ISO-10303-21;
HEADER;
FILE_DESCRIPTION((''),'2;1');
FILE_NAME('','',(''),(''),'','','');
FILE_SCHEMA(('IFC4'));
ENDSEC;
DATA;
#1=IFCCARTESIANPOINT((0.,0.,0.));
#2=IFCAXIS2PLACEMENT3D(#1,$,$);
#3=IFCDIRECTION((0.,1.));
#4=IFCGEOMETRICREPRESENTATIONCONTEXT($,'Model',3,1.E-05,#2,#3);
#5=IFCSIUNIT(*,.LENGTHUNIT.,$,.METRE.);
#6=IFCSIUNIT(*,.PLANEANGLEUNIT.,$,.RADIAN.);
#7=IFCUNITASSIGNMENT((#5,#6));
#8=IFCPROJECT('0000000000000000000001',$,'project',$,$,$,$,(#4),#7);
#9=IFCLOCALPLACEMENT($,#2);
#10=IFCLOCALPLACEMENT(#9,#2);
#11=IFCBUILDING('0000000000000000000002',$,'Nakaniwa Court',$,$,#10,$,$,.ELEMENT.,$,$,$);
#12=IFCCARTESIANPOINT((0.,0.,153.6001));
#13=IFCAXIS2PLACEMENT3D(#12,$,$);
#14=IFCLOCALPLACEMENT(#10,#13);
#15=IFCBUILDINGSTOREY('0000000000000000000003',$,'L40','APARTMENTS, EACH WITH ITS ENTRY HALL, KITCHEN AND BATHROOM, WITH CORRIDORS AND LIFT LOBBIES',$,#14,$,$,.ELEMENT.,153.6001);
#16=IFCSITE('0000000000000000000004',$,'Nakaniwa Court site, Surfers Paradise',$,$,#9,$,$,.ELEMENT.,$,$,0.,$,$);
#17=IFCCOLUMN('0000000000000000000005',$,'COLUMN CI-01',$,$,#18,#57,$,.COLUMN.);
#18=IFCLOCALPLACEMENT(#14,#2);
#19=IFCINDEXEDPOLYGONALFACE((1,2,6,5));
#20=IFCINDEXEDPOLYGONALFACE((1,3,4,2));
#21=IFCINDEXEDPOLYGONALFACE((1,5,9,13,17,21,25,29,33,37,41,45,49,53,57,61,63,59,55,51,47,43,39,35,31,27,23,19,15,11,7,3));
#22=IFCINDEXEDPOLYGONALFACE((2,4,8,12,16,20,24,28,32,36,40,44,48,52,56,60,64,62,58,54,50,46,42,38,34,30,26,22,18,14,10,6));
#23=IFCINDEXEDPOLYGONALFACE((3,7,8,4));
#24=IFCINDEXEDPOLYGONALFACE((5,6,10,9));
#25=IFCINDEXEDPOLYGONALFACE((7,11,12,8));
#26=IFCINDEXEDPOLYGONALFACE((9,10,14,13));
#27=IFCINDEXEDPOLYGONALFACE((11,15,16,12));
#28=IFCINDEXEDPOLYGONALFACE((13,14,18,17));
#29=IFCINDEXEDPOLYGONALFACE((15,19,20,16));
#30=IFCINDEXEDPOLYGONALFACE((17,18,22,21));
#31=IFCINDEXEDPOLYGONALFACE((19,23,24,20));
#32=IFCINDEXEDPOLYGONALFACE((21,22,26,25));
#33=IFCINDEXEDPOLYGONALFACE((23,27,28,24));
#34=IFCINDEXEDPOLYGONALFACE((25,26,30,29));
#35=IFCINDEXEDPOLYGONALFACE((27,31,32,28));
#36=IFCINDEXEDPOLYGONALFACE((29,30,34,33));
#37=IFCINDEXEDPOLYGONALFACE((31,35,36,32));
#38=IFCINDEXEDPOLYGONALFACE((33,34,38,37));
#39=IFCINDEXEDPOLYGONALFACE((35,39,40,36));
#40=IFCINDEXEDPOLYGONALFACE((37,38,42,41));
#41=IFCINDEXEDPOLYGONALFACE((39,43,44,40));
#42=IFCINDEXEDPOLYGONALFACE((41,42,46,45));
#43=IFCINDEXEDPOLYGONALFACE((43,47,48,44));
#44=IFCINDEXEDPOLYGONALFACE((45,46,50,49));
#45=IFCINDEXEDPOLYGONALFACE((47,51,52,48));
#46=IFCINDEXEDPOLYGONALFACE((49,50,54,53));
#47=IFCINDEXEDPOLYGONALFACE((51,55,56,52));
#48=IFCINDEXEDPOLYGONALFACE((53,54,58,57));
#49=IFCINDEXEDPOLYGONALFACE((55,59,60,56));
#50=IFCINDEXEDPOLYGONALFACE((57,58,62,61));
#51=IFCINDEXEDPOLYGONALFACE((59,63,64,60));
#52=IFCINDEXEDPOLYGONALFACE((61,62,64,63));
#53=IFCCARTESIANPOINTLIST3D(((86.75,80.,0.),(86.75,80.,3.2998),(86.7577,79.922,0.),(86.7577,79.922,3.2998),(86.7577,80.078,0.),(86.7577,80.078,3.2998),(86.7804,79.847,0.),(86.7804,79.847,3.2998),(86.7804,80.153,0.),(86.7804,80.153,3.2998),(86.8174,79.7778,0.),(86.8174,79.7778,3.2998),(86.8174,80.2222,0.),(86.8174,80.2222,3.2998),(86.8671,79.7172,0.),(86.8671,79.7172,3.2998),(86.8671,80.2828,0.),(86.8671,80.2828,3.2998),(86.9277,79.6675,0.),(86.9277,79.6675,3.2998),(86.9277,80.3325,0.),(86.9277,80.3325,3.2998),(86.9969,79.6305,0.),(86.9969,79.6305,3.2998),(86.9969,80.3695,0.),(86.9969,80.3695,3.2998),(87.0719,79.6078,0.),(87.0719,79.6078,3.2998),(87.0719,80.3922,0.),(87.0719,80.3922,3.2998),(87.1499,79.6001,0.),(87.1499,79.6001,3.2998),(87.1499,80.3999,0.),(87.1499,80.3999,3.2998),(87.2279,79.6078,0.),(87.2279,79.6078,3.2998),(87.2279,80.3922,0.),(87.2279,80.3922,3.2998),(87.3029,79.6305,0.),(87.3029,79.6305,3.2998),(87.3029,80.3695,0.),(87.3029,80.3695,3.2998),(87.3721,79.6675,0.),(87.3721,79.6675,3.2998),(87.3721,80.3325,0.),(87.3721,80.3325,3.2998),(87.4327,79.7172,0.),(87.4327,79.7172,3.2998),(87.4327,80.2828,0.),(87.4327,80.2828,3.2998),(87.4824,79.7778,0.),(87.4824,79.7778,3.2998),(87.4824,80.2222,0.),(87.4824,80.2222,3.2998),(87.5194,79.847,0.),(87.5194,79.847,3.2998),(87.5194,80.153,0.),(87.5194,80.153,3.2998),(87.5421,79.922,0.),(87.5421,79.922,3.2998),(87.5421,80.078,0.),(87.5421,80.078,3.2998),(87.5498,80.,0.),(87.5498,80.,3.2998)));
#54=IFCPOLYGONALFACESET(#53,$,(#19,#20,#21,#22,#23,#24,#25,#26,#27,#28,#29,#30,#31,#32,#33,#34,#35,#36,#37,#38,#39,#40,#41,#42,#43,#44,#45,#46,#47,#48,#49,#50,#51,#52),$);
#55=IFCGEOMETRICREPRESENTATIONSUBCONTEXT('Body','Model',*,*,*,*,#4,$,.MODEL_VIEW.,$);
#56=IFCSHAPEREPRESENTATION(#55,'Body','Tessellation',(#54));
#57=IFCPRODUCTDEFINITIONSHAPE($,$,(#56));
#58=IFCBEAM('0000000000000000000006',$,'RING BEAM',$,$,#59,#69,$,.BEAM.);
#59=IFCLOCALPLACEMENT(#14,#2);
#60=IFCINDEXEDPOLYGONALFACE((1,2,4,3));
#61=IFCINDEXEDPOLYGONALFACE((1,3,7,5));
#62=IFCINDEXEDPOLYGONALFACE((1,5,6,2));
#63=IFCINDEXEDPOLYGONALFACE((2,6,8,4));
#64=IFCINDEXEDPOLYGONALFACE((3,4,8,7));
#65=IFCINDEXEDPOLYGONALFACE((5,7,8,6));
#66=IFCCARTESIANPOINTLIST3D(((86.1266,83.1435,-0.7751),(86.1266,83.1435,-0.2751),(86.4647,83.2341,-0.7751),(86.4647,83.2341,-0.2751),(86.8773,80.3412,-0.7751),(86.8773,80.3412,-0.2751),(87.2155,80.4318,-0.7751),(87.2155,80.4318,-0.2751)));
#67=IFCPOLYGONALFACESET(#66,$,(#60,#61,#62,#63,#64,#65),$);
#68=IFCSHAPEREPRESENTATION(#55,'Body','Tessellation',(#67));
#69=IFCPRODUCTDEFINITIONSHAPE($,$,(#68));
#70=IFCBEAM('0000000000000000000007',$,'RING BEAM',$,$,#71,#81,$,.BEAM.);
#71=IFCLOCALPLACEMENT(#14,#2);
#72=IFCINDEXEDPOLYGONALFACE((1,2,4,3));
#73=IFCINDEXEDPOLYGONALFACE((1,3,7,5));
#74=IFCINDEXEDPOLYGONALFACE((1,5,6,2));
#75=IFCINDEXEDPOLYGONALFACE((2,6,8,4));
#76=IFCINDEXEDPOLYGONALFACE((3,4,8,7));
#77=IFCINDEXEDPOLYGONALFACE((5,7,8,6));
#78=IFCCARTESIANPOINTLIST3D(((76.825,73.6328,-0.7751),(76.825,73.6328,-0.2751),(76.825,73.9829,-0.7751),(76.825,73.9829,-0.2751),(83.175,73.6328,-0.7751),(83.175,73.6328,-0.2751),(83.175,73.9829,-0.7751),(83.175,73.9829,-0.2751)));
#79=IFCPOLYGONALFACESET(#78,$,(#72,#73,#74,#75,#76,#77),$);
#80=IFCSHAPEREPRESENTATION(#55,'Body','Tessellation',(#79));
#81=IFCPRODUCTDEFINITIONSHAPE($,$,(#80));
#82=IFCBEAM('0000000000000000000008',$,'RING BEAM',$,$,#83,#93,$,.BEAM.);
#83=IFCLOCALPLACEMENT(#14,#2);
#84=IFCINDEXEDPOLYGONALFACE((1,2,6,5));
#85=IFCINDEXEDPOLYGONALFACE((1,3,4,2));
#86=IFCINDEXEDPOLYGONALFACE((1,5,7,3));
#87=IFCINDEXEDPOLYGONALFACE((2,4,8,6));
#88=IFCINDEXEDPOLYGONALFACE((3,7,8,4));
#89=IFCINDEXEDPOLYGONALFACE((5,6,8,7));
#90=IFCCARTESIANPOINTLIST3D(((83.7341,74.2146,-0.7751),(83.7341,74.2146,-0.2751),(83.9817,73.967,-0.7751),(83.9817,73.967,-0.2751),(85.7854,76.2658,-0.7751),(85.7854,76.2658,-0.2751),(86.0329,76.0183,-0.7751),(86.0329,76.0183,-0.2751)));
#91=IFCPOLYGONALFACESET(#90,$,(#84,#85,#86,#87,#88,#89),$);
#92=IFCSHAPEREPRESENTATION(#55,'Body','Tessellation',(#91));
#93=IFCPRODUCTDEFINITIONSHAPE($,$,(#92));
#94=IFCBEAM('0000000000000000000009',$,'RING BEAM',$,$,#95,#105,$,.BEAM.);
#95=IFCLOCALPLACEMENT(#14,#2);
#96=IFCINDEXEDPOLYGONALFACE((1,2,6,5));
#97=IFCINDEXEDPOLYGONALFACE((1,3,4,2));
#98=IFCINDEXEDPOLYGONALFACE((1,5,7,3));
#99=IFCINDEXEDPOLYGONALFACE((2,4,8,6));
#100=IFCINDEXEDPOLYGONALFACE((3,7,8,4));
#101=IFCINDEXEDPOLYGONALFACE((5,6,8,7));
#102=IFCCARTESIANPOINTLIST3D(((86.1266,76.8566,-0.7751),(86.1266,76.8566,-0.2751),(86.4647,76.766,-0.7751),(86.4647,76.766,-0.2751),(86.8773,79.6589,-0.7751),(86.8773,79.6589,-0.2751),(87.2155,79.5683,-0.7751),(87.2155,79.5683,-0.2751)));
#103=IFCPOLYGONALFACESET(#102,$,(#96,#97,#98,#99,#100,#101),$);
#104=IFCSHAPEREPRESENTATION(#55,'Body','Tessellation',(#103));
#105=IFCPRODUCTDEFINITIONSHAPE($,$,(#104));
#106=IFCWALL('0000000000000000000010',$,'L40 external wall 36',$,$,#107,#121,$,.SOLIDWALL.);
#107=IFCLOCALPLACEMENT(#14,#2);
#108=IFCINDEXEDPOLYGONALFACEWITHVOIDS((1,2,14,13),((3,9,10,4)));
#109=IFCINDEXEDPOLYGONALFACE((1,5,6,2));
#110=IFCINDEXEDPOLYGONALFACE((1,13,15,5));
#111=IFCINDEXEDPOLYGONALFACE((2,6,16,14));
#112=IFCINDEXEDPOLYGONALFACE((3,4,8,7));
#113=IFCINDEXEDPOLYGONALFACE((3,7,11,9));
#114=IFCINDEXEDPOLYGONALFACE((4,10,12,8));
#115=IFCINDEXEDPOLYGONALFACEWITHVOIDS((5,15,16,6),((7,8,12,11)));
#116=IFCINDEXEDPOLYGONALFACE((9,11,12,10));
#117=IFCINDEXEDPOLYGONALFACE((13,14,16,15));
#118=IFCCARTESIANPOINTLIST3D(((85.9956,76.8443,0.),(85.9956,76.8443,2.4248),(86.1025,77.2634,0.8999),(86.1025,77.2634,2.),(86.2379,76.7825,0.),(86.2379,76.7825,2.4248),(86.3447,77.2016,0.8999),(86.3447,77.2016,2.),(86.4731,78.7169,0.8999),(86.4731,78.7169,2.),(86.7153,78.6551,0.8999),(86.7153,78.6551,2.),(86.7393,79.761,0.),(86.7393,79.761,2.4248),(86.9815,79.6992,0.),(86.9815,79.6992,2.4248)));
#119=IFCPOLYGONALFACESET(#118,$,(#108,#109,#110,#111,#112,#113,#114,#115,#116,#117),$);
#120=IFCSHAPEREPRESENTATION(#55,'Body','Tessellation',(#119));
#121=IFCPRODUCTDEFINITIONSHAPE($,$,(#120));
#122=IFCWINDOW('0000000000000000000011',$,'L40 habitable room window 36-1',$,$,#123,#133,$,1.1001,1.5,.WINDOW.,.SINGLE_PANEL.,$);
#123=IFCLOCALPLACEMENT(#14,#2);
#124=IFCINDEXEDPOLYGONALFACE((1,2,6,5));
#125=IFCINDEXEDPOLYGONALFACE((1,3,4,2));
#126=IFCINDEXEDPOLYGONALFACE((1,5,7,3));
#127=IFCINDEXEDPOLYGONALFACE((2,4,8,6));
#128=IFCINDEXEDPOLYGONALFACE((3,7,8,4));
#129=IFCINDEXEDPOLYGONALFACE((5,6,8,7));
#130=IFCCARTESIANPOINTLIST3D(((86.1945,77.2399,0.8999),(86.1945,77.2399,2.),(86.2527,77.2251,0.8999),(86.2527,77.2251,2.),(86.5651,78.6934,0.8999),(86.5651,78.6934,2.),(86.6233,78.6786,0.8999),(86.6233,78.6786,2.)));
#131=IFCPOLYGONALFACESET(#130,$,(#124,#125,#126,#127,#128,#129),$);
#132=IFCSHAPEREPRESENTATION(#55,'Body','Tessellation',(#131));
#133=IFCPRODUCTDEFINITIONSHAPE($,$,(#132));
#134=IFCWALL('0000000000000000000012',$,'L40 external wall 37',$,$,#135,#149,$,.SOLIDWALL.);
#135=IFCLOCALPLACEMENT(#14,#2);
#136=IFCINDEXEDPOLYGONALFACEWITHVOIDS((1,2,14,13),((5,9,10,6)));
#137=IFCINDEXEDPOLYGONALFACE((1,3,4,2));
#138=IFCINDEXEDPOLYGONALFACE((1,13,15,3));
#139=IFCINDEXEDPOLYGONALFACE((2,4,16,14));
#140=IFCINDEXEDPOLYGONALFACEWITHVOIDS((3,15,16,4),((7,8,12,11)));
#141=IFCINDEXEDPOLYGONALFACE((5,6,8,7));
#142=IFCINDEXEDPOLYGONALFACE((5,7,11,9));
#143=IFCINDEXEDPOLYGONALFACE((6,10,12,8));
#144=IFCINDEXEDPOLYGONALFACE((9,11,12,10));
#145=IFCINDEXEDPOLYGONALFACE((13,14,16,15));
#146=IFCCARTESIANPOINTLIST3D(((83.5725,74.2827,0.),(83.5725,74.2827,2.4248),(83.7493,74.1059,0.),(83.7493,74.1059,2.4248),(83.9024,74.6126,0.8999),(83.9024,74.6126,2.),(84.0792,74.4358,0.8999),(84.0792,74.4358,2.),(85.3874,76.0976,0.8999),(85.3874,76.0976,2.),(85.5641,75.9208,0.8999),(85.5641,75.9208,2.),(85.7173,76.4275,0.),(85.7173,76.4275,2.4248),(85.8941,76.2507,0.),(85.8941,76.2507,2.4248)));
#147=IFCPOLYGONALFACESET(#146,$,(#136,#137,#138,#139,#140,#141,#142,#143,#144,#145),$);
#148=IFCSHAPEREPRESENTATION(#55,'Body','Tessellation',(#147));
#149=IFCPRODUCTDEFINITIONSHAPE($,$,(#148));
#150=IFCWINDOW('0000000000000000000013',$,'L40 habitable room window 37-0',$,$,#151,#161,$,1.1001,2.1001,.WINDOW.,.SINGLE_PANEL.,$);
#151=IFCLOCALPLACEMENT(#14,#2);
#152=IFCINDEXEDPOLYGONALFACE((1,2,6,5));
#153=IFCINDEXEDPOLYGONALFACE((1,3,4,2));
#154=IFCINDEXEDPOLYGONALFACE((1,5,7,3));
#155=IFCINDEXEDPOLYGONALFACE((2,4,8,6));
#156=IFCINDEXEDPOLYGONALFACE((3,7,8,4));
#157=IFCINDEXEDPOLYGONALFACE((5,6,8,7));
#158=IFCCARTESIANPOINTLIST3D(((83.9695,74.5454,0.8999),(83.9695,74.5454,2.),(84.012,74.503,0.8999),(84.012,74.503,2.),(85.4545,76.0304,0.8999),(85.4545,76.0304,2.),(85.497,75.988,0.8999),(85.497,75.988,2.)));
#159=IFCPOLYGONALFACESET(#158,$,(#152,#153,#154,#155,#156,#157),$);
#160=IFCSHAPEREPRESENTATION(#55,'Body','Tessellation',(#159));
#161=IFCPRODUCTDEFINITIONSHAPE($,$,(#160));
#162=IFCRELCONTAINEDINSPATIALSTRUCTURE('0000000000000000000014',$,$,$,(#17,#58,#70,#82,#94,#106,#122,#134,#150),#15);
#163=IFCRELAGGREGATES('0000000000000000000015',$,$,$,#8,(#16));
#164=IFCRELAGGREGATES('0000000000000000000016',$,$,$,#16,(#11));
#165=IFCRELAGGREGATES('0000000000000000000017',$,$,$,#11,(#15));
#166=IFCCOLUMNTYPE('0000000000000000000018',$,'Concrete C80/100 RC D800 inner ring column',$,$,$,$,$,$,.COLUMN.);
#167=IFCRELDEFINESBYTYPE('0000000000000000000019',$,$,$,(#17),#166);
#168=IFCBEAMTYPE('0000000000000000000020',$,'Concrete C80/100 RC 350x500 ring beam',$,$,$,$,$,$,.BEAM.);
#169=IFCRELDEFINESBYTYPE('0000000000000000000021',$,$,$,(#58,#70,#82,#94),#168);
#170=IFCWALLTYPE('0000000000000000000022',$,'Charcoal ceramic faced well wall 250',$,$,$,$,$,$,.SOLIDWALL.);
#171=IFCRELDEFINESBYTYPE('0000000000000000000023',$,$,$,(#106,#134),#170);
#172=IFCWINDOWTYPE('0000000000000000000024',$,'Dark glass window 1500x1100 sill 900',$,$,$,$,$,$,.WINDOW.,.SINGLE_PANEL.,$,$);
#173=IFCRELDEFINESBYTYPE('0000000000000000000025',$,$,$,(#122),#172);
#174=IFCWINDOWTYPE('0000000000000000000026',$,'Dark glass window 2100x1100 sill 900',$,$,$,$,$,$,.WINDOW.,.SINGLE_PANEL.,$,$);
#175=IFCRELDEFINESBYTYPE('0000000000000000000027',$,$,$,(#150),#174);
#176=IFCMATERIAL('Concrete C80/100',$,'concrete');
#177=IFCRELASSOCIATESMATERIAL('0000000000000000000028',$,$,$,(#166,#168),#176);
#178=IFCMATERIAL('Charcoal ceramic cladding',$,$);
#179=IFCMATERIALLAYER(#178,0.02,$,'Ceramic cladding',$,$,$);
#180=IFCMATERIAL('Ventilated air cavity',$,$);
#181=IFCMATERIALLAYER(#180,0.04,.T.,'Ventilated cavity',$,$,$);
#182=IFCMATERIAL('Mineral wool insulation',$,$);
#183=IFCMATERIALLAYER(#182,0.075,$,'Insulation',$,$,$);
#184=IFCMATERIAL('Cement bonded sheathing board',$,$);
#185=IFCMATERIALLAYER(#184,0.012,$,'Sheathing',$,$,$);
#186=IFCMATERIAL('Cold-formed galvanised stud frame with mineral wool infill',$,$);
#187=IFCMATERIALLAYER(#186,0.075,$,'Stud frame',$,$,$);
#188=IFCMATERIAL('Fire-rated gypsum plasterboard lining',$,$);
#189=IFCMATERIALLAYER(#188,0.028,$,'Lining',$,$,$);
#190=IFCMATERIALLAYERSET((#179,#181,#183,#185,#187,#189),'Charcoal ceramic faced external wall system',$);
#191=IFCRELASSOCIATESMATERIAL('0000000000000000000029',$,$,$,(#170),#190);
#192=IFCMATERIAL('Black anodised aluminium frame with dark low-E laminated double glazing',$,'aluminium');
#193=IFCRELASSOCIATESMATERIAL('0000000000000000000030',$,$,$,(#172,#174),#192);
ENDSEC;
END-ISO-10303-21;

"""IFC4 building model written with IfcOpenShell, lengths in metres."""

from ifc_helpers import new_model, si_unit, direction, frame, frame_2d, origin, origin_2d, place, context, subcontext, project, spatial, rectangle, circle, extrude, material, layer, layer_set, material_profile, profile_set, type_object, element, fill, save


model = new_model("IFC4")

# Units and contexts
model_context = context("Model", 3, precision=1e-05, world=origin(), true_north=direction((0.0, 1.0)))
body_context = subcontext(model_context, "Body", "Model", "MODEL_VIEW")
ifc_project = project(units=[si_unit("LENGTHUNIT", "METRE"), si_unit("PLANEANGLEUNIT", "RADIAN")], contexts=[model_context])

# Site, building, storey
site_placement = place(None, origin())
site = spatial("IfcSite", under=ifc_project, at=site_placement, Name="Nakaniwa Court site, Surfers Paradise", CompositionType="ELEMENT", RefElevation=0.0)
building_placement = place(site_placement, origin())
building = spatial("IfcBuilding", under=site, at=building_placement, Name="Nakaniwa Court", CompositionType="ELEMENT")
storey_placement = place(building_placement, frame((0.0, 0.0, 153.6001)))
storey = spatial("IfcBuildingStorey", under=building, at=storey_placement, Name="L40", Description="APARTMENTS, EACH WITH ITS ENTRY HALL, KITCHEN AND BATHROOM, WITH CORRIDORS AND LIFT LOBBIES", CompositionType="ELEMENT", Elevation=153.6001)

# Column
ifc_material_1 = material(Name="Concrete C80/100", Category="concrete")
ifc_material_profile_1 = material_profile(ifc_material_1, circle(Radius=0.3999, at=origin_2d()), Name="Concrete C80/100 RC D800 inner ring column")
ifc_profile_set_1 = profile_set([ifc_material_profile_1], Name="Concrete C80/100")
column_type = type_object("IfcColumnType", Name="Concrete C80/100 RC D800 inner ring column", PredefinedType="COLUMN", material=ifc_profile_set_1)
for number, where, z_axis, x_axis, name in (
    (1, (87.1499, 80.0, 0.0), (0.0, 0.0, 1.0), (0.0, 1.0, 0.0), "COLUMN CI-01"),
):
    element("IfcColumn", number, at=place(storey_placement, frame(where, z_axis=z_axis, x_axis=x_axis)), inside=storey, type_object=column_type, Name=name, PredefinedType="COLUMN", context=body_context, shape_type="SweptSolid", body=[
        extrude(circle(Radius=0.3999, at=origin_2d()), origin(), (0.0, 0.0, 1.0), 3.2998),
    ])

# Beams
ifc_material_profile_2 = material_profile(ifc_material_1, rectangle(XDim=0.3501, YDim=0.5, at=origin_2d()), Name="Concrete C80/100 RC 350x500 ring beam")
ifc_profile_set_2 = profile_set([ifc_material_profile_2], Name="Concrete C80/100")
beam_type = type_object("IfcBeamType", Name="Concrete C80/100 RC 350x500 ring beam", PredefinedType="BEAM", material=ifc_profile_set_2)
beam_1_placement = place(storey_placement, frame((87.0464, 80.3865, -0.5251), z_axis=(-0.258778, 0.965937, 0.0), x_axis=(-0.965937, -0.258778, 0.0)))
element("IfcBeam", 2, at=beam_1_placement, inside=storey, type_object=beam_type, Name="RING BEAM", PredefinedType="BEAM", context=body_context, shape_type="SweptSolid", body=[
    extrude(rectangle(XDim=0.3501, YDim=0.5, at=origin_2d()), origin(), (0.0, 0.0, 1.0), 2.9011),
])
beam_2_placement = place(storey_placement, frame((76.825, 73.8079, -0.5251), z_axis=(1.0, 0.0, 0.0), x_axis=(0.0, 1.0, 0.0)))
element("IfcBeam", 3, at=beam_2_placement, inside=storey, type_object=beam_type, Name="RING BEAM", PredefinedType="BEAM", context=body_context, shape_type="SweptSolid", body=[
    extrude(rectangle(XDim=0.3501, YDim=0.5, at=origin_2d()), origin(), (0.0, 0.0, 1.0), 6.3501),
])
beam_3_placement = place(storey_placement, frame((83.8579, 74.0908, -0.5251), z_axis=(0.707107, 0.707107, 0.0), x_axis=(-0.707107, 0.707107, 0.0)))
element("IfcBeam", 4, at=beam_3_placement, inside=storey, type_object=beam_type, Name="RING BEAM", PredefinedType="BEAM", context=body_context, shape_type="SweptSolid", body=[
    extrude(rectangle(XDim=0.3501, YDim=0.5, at=origin_2d()), origin(), (0.0, 0.0, 1.0), 2.9009),
])
beam_4_placement = place(storey_placement, frame((86.2957, 76.8113, -0.5251), z_axis=(0.258778, 0.965937, 0.0), x_axis=(-0.965937, 0.258778, 0.0)))
element("IfcBeam", 5, at=beam_4_placement, inside=storey, type_object=beam_type, Name="RING BEAM", PredefinedType="BEAM", context=body_context, shape_type="SweptSolid", body=[
    extrude(rectangle(XDim=0.3501, YDim=0.5, at=origin_2d()), origin(), (0.0, 0.0, 1.0), 2.9011),
])

# Walls, openings, windows
ifc_material_2 = material(Name="Charcoal ceramic cladding")
ifc_layer_1 = layer(ifc_material_2, 0.02, Name="Ceramic cladding")
ifc_material_3 = material(Name="Ventilated air cavity")
ifc_layer_2 = layer(ifc_material_3, 0.04, ventilated=True, Name="Ventilated cavity")
ifc_material_4 = material(Name="Mineral wool insulation")
ifc_layer_3 = layer(ifc_material_4, 0.075, Name="Insulation")
ifc_material_5 = material(Name="Cement bonded sheathing board")
ifc_layer_4 = layer(ifc_material_5, 0.012, Name="Sheathing")
ifc_material_6 = material(Name="Cold-formed galvanised stud frame with mineral wool infill")
ifc_layer_5 = layer(ifc_material_6, 0.075, Name="Stud frame")
ifc_material_7 = material(Name="Fire-rated gypsum plasterboard lining")
ifc_layer_6 = layer(ifc_material_7, 0.028, Name="Lining")
ifc_layer_set_1 = layer_set([ifc_layer_1, ifc_layer_2, ifc_layer_3, ifc_layer_4, ifc_layer_5, ifc_layer_6], Name="Charcoal ceramic faced external wall system")
wall_type_1 = type_object("IfcWallType", Name="Charcoal ceramic faced well wall 250", PredefinedType="SOLIDWALL", material=ifc_layer_set_1)
wall_1_placement = place(storey_placement, frame((86.8604, 79.73, 0.0), z_axis=(0.0, 0.0, 1.0), x_axis=(-0.247056, -0.969001, 0.0)))
wall_1 = element("IfcWall", 6, at=wall_1_placement, inside=storey, type_object=wall_type_1, Name="L40 external wall 36", PredefinedType="SOLIDWALL", context=body_context, shape_type="SweptSolid", body=[
    extrude(rectangle(XDim=3.01, YDim=0.25, at=frame_2d((1.5049, 0.0))), origin(), (0.0, 0.0, 1.0), 2.4248),
])
opening_1_placement = place(wall_1_placement, frame((1.0774, 0.0, 0.8999)))
opening_1 = element("IfcOpeningElement", 7, at=opening_1_placement, cuts=wall_1, PredefinedType="OPENING", context=body_context, shape_type="SweptSolid", body=[
    extrude(rectangle(XDim=1.5, YDim=1.1001, at=frame_2d((0.75, 0.55))), frame((0.0, 0.135, 0.0), z_axis=(0.0, -1.0, 0.0), x_axis=(1.0, 0.0, 0.0)), (0.0, 0.0, 1.0), 0.27),
])
ifc_material_8 = material(Name="Black anodised aluminium frame with dark low-E laminated double glazing", Category="aluminium")
window_type_1 = type_object("IfcWindowType", Name="Dark glass window 1500x1100 sill 900", PartitioningType="SINGLE_PANEL", PredefinedType="WINDOW", material=ifc_material_8)
window_1_placement = place(opening_1_placement, origin())
window_1 = element("IfcWindow", 8, at=window_1_placement, inside=storey, type_object=window_type_1, Name="L40 habitable room window 36-1", OverallHeight=1.1001, OverallWidth=1.5, PartitioningType="SINGLE_PANEL", PredefinedType="WINDOW", context=body_context, shape_type="SweptSolid", body=[
    extrude(rectangle(XDim=1.5, YDim=1.1001, at=frame_2d((0.75, 0.55))), frame((0.0, 0.03, 0.0), z_axis=(0.0, -1.0, 0.0), x_axis=(1.0, 0.0, 0.0)), (0.0, 0.0, 1.0), 0.0601),
])
fill(opening_1, window_1)
wall_2_placement = place(storey_placement, frame((85.8057, 76.3391, 0.0), z_axis=(0.0, 0.0, 1.0), x_axis=(-0.707107, -0.707107, 0.0)))
wall_2 = element("IfcWall", 9, at=wall_2_placement, inside=storey, type_object=wall_type_1, Name="L40 external wall 37", PredefinedType="SOLIDWALL", context=body_context, shape_type="SweptSolid", body=[
    extrude(rectangle(XDim=3.0332, YDim=0.25, at=frame_2d((1.5166, 0.0))), origin(), (0.0, 0.0, 1.0), 2.4248),
])
opening_2_placement = place(wall_2_placement, frame((0.4666, 0.0, 0.8999)))
opening_2 = element("IfcOpeningElement", 10, at=opening_2_placement, cuts=wall_2, PredefinedType="OPENING", context=body_context, shape_type="SweptSolid", body=[
    extrude(rectangle(XDim=2.1001, YDim=1.1001, at=frame_2d((1.05, 0.55))), frame((0.0, 0.135, 0.0), z_axis=(0.0, -1.0, 0.0), x_axis=(1.0, 0.0, 0.0)), (0.0, 0.0, 1.0), 0.27),
])
window_type_2 = type_object("IfcWindowType", Name="Dark glass window 2100x1100 sill 900", PartitioningType="SINGLE_PANEL", PredefinedType="WINDOW", material=ifc_material_8)
window_2_placement = place(opening_2_placement, origin())
window_2 = element("IfcWindow", 11, at=window_2_placement, inside=storey, type_object=window_type_2, Name="L40 habitable room window 37-0", OverallHeight=1.1001, OverallWidth=2.1001, PartitioningType="SINGLE_PANEL", PredefinedType="WINDOW", context=body_context, shape_type="SweptSolid", body=[
    extrude(rectangle(XDim=2.1001, YDim=1.1001, at=frame_2d((1.05, 0.55))), frame((0.0, 0.03, 0.0), z_axis=(0.0, -1.0, 0.0), x_axis=(1.0, 0.0, 0.0)), (0.0, 0.0, 1.0), 0.0601),
])
fill(opening_2, window_2)

save(model, "model.ifc")
